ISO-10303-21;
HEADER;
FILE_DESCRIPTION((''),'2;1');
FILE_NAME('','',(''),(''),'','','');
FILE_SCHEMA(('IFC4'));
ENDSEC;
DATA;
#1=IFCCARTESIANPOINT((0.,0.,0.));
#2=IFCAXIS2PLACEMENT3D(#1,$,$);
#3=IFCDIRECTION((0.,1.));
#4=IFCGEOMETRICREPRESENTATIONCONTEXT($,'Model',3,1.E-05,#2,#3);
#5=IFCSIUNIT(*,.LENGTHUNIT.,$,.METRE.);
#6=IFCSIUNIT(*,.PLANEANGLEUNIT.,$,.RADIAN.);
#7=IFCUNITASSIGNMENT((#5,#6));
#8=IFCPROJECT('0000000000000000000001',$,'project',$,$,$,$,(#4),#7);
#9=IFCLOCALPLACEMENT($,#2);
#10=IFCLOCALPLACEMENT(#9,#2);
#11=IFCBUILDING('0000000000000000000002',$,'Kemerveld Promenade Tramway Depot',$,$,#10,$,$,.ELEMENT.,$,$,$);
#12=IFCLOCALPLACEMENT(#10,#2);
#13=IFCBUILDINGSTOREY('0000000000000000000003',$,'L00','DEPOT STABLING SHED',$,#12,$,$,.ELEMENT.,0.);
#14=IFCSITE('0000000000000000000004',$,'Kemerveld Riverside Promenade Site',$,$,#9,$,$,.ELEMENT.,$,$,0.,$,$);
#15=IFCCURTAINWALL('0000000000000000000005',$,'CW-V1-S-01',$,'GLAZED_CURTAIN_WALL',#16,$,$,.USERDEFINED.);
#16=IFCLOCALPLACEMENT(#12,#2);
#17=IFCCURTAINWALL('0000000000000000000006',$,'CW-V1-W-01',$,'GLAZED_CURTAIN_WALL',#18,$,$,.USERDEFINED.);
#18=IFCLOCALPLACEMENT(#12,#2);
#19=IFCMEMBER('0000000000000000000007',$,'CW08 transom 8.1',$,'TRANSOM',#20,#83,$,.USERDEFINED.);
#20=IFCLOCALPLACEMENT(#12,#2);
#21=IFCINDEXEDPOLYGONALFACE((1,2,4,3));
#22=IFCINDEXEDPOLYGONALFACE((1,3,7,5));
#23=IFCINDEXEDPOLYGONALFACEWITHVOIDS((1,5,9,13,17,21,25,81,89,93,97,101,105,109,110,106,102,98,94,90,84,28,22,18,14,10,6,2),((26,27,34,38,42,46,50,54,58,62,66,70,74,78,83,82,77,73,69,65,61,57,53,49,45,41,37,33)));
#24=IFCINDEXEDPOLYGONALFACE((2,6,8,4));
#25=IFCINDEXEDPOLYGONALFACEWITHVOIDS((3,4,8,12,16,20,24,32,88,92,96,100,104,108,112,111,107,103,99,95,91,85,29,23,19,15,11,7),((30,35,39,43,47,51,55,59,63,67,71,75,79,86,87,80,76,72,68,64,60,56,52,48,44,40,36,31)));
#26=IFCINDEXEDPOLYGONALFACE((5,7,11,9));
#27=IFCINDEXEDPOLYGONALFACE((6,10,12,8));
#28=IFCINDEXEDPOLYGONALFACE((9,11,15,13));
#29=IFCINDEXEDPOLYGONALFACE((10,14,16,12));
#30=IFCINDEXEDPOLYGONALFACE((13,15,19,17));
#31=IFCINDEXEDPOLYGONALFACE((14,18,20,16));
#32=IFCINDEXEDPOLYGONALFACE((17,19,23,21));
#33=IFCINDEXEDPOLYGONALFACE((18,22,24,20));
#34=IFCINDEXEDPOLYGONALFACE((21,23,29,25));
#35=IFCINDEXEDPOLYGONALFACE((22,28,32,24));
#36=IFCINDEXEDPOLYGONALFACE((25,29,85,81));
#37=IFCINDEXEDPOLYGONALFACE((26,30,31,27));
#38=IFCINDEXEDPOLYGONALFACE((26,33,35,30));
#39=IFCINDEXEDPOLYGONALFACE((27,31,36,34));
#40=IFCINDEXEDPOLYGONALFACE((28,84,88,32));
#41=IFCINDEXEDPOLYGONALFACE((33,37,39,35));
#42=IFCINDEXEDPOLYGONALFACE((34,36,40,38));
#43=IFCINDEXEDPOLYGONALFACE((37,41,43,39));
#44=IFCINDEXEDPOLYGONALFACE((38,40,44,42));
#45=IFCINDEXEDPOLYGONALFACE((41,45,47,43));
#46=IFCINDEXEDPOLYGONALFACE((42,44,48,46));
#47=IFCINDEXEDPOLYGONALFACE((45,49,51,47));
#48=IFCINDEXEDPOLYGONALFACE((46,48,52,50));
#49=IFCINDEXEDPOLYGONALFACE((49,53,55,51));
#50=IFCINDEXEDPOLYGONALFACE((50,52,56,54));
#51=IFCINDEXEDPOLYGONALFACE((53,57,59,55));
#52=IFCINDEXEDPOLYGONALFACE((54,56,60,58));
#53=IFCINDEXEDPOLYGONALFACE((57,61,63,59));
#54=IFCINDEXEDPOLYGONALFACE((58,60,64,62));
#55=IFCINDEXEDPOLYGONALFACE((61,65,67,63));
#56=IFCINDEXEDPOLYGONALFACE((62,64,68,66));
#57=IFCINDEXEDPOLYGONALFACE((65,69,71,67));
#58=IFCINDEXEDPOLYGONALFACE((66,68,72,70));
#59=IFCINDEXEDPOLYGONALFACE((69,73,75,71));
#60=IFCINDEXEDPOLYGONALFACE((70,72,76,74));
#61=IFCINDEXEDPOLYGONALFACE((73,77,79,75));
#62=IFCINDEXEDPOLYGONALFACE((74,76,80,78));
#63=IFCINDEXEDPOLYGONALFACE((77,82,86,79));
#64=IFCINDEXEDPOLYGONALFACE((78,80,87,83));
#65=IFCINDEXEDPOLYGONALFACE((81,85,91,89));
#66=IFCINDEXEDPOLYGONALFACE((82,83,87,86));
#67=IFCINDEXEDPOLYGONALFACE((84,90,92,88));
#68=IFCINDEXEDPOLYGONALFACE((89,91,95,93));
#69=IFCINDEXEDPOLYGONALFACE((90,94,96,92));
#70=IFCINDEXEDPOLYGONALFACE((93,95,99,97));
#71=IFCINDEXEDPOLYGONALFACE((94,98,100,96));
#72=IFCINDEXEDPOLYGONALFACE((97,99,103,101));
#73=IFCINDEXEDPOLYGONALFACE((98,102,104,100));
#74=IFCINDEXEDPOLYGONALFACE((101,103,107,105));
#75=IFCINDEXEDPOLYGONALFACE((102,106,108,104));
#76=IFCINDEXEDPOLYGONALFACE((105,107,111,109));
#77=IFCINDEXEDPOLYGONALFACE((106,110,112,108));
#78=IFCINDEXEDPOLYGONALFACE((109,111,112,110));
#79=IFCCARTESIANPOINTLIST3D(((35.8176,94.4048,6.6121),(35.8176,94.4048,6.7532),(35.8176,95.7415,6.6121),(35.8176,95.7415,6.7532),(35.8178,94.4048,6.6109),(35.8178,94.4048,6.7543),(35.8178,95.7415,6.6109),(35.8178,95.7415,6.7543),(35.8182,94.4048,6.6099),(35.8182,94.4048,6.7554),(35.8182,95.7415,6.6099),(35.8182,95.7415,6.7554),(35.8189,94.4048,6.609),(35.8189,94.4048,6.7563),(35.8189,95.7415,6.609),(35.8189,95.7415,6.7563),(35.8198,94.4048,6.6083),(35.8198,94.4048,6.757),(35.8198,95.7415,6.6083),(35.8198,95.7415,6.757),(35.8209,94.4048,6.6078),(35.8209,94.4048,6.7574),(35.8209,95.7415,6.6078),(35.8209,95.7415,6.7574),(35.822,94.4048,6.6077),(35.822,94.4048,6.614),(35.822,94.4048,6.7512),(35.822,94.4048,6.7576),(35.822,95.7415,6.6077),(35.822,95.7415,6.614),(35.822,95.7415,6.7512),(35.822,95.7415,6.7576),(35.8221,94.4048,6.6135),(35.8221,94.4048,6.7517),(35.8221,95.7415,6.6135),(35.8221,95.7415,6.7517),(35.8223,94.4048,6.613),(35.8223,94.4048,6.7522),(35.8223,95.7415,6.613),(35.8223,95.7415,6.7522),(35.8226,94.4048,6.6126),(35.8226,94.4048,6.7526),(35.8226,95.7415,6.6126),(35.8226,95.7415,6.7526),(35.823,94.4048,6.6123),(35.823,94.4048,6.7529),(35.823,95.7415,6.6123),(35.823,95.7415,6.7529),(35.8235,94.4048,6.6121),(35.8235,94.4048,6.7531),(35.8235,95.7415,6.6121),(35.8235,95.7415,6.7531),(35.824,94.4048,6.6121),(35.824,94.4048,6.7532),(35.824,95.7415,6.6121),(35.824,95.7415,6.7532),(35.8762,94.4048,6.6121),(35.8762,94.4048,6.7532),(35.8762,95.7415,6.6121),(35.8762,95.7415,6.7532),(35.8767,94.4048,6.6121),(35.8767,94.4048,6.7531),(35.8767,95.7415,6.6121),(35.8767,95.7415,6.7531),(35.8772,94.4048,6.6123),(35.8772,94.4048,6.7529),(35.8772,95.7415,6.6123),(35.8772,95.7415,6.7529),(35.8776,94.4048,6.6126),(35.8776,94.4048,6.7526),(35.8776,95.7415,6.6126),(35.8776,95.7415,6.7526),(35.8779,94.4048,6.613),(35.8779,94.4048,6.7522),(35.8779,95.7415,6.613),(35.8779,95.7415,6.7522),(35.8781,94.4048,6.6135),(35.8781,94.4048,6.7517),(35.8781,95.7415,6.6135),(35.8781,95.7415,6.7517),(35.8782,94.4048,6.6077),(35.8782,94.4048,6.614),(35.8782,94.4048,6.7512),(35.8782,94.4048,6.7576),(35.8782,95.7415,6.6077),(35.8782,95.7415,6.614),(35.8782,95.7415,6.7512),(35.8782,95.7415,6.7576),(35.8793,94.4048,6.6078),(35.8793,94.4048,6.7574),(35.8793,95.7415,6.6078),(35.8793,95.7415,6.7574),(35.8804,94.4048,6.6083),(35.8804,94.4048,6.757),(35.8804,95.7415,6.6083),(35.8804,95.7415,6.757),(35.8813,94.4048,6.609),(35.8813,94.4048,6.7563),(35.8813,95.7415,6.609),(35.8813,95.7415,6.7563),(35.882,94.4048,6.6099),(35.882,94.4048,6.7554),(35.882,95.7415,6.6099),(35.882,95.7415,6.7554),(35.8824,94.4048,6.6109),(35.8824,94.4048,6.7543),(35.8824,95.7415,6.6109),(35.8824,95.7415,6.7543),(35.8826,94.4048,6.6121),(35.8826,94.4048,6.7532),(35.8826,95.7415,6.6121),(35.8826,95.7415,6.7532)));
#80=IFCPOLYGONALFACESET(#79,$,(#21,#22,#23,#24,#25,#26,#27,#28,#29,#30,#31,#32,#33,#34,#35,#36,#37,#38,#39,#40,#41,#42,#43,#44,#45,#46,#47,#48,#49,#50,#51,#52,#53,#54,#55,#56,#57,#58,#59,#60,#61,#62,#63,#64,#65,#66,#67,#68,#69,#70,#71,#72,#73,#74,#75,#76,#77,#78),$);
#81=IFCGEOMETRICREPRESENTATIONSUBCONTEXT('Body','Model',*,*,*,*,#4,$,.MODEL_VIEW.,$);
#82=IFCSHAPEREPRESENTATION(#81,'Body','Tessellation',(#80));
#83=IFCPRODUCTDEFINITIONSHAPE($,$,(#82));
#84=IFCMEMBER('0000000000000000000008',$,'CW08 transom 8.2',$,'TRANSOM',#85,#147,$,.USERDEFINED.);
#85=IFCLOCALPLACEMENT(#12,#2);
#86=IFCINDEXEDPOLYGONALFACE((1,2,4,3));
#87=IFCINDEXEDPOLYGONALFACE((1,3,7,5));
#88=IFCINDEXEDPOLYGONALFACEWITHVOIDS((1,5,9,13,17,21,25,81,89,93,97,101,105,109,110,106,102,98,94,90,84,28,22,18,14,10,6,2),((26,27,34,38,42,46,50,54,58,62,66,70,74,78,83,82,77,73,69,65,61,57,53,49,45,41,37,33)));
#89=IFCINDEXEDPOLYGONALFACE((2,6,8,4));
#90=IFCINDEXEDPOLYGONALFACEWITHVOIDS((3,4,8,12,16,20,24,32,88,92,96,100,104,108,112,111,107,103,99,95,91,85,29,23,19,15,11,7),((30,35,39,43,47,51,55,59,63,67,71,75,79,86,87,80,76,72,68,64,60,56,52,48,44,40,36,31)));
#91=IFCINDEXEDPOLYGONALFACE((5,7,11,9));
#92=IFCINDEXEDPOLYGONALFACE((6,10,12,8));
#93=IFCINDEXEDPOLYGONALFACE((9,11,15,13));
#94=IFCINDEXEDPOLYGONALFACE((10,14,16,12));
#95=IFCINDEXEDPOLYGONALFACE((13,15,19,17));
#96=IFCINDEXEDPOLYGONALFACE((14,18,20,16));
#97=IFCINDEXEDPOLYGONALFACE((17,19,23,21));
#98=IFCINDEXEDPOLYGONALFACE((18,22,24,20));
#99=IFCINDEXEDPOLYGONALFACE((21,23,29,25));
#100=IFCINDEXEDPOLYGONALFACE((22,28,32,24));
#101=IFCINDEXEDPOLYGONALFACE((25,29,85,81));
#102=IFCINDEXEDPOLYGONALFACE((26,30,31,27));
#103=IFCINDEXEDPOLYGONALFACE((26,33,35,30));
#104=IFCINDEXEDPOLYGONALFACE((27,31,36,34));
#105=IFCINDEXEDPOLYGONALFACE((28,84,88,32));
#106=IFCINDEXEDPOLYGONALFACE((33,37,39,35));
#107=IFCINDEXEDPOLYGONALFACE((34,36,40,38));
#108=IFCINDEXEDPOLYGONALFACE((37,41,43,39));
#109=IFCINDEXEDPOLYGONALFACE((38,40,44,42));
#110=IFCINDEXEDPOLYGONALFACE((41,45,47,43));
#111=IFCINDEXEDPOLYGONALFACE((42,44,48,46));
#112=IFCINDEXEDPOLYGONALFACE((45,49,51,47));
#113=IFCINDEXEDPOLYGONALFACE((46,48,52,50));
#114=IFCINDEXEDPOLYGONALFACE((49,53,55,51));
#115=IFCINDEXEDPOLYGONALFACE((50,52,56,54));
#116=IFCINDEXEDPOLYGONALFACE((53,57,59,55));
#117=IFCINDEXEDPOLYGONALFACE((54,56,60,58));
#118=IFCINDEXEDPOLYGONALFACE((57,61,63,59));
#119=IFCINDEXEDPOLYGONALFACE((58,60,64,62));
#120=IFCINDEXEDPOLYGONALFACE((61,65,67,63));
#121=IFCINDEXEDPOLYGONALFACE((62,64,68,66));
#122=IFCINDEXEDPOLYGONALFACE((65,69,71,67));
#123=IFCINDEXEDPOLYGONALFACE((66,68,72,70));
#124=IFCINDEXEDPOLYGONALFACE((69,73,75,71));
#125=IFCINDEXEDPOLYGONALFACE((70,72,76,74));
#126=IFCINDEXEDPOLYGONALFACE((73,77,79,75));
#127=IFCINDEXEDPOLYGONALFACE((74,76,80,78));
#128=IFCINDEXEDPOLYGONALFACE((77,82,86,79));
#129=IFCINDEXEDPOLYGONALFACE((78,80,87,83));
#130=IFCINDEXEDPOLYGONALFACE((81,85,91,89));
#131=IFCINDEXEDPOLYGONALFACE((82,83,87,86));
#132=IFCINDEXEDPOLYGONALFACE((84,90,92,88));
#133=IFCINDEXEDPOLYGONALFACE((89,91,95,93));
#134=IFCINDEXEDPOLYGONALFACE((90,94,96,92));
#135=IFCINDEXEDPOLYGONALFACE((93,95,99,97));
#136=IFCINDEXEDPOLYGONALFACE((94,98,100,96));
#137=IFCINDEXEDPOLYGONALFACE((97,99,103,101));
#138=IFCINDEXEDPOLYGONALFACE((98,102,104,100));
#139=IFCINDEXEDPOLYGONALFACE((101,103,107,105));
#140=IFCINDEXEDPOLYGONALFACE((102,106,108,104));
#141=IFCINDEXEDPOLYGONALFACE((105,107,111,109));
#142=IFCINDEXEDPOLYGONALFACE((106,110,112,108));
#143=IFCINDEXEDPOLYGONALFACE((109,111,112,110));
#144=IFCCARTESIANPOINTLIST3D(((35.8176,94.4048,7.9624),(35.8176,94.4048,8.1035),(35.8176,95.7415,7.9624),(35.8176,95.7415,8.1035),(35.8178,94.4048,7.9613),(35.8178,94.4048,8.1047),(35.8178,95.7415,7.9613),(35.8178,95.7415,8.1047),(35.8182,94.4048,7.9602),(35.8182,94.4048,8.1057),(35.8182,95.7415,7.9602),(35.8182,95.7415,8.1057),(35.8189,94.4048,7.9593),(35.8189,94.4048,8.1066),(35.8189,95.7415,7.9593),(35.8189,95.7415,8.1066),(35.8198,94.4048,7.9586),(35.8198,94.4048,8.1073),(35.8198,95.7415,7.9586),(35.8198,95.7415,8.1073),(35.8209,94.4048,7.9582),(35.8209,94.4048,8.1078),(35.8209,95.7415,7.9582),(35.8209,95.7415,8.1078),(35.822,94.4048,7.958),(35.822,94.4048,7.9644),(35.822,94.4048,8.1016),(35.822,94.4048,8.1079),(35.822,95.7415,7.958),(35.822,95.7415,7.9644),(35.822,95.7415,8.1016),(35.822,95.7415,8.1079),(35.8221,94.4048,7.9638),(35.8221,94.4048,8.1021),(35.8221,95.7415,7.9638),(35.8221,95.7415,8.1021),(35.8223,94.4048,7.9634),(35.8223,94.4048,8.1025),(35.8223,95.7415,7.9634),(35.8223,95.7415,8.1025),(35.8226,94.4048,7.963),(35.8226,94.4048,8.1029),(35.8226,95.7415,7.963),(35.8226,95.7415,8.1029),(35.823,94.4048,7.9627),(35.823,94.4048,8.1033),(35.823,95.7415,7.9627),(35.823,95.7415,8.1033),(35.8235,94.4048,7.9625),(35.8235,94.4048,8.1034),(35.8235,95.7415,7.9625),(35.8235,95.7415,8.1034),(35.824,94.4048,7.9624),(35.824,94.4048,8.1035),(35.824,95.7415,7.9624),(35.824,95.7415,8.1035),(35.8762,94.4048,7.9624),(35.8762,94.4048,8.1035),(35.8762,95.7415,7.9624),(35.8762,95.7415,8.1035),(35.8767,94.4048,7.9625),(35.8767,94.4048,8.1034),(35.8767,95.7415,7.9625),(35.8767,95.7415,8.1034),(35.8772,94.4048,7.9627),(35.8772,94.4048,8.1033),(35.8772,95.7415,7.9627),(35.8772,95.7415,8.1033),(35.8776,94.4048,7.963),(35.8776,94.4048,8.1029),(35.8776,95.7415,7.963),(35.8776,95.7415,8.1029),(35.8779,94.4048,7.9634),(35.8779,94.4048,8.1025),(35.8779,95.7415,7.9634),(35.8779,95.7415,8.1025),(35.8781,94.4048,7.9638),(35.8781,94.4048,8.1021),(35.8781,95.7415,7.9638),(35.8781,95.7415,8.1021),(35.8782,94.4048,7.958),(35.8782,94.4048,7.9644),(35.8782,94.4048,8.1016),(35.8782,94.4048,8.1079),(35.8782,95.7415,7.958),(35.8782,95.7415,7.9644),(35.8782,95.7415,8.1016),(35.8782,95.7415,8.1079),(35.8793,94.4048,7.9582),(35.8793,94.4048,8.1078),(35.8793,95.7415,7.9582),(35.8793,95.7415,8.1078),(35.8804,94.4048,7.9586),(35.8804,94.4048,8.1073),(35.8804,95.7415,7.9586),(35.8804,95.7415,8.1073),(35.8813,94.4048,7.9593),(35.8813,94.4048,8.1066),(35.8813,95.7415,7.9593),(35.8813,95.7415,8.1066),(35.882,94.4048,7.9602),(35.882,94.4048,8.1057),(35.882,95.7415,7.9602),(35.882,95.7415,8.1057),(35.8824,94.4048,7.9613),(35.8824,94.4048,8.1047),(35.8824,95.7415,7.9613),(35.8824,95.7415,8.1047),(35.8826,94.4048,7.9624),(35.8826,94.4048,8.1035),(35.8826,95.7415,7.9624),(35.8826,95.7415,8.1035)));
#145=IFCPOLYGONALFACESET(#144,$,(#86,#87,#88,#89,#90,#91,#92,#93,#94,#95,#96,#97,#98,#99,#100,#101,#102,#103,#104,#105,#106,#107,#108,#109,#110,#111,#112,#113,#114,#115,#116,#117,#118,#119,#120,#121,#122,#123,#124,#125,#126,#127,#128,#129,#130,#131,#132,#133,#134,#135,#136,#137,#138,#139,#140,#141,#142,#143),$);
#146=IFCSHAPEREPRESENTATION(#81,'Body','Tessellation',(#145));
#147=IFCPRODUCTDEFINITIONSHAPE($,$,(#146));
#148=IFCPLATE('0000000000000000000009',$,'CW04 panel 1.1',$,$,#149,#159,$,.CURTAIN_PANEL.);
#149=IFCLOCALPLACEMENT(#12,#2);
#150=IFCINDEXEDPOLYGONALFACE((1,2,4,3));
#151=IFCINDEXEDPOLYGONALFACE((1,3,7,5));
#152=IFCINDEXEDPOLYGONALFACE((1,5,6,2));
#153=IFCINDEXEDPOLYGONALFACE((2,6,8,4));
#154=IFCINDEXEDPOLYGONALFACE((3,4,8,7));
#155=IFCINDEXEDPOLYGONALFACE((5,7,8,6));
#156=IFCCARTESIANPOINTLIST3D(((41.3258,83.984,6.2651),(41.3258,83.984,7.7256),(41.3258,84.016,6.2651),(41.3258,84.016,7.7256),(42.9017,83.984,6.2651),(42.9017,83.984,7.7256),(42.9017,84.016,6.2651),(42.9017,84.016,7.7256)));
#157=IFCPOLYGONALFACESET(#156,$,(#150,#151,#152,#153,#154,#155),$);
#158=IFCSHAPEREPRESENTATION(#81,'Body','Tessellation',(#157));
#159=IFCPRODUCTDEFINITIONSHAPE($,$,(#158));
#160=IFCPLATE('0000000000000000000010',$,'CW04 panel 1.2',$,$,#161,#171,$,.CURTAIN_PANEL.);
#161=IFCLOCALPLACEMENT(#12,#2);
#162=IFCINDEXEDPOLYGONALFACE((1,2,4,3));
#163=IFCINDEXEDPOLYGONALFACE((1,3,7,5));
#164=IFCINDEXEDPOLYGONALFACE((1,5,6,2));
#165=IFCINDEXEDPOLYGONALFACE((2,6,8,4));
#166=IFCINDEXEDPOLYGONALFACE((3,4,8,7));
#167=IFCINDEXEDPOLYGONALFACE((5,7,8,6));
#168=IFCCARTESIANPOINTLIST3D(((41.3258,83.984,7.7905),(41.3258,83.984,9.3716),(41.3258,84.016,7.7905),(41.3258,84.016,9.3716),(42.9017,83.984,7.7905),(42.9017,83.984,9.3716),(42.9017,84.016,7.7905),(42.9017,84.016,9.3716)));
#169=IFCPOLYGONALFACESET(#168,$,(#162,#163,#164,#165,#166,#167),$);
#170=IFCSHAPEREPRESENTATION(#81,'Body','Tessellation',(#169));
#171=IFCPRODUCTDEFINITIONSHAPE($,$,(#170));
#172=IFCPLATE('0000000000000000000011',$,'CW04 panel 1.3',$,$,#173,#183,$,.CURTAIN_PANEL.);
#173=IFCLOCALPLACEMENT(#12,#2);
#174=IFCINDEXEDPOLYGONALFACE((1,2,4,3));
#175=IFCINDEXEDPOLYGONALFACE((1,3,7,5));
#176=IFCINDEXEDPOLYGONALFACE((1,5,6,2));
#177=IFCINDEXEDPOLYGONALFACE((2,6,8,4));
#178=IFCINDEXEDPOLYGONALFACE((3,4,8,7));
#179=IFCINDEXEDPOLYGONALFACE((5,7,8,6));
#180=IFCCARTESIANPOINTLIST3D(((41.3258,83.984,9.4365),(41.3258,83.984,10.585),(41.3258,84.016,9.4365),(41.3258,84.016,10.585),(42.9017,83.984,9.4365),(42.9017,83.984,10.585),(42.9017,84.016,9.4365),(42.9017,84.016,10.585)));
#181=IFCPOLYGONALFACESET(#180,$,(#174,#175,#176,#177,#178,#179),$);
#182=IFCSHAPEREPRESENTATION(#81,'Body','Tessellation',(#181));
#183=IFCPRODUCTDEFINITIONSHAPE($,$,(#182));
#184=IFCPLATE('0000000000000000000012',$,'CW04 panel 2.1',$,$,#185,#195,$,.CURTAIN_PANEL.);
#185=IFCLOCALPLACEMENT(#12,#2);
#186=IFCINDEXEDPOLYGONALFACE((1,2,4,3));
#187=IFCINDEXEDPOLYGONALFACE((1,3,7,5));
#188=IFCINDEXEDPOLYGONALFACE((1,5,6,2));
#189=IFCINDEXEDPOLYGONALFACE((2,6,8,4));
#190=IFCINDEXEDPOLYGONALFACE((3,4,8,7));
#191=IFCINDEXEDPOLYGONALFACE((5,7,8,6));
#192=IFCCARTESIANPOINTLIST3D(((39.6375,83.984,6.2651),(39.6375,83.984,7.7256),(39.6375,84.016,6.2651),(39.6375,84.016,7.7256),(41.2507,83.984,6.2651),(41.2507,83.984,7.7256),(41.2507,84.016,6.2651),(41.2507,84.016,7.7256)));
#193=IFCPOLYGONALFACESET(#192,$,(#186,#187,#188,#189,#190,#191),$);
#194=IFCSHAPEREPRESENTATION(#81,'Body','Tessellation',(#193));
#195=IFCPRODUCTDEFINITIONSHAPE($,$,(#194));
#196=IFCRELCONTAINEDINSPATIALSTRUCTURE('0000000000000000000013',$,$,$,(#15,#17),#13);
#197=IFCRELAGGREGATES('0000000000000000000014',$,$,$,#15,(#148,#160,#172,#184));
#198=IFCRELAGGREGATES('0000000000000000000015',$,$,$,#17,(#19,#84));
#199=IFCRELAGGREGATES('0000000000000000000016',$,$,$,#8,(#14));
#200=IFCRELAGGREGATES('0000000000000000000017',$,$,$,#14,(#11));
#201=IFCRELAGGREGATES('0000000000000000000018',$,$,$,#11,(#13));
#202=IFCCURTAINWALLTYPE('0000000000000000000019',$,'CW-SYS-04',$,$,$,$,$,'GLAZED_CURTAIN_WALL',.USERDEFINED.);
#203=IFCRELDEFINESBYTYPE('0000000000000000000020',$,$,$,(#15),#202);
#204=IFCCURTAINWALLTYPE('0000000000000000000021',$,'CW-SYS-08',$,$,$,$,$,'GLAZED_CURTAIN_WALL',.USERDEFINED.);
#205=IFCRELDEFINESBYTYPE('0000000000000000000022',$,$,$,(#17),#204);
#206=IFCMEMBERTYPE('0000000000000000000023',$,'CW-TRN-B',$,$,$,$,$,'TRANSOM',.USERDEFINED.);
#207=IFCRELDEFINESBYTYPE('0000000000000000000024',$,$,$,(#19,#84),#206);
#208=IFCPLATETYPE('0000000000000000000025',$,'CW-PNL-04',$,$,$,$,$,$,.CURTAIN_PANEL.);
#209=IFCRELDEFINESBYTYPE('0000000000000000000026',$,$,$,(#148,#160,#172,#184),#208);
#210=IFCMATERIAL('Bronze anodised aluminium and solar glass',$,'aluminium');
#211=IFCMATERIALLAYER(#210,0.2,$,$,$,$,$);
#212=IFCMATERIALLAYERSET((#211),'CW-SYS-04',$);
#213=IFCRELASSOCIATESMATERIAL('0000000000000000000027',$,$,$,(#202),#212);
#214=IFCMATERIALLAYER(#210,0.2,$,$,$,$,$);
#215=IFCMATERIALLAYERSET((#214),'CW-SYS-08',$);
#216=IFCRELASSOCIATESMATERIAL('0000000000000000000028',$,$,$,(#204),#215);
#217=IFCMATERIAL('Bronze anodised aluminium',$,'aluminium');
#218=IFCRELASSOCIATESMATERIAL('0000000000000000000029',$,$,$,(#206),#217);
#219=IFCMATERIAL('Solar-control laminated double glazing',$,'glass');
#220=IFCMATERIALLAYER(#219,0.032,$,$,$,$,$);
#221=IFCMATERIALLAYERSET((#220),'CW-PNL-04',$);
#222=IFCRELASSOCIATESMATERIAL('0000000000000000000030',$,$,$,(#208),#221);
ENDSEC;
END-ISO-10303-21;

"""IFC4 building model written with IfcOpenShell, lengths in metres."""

from ifc_helpers import new_model, si_unit, direction, frame, origin, origin_2d, place, context, subcontext, project, spatial, rectangle, hollow_rectangle, extrude, material, layer, layer_set, material_profile, profile_set, type_object, element, aggregate, save


model = new_model("IFC4")

# Units and contexts
model_context = context("Model", 3, precision=1e-05, world=origin(), true_north=direction((0.0, 1.0)))
body_context = subcontext(model_context, "Body", "Model", "MODEL_VIEW")
ifc_project = project(units=[si_unit("LENGTHUNIT", "METRE"), si_unit("PLANEANGLEUNIT", "RADIAN")], contexts=[model_context])

# Site, building, storey
site_placement = place(None, origin())
site = spatial("IfcSite", under=ifc_project, at=site_placement, Name="Kemerveld Riverside Promenade Site", CompositionType="ELEMENT", RefElevation=0.0)
building_placement = place(site_placement, origin())
building = spatial("IfcBuilding", under=site, at=building_placement, Name="Kemerveld Promenade Tramway Depot", CompositionType="ELEMENT")
storey_placement = place(building_placement, origin())
storey = spatial("IfcBuildingStorey", under=building, at=storey_placement, Name="L00", Description="DEPOT STABLING SHED", CompositionType="ELEMENT", Elevation=0.0)

# Curtain walls
ifc_material_1 = material(Name="Bronze anodised aluminium and solar glass", Category="aluminium")
ifc_layer_1 = layer(ifc_material_1, 0.2)
ifc_layer_set_1 = layer_set([ifc_layer_1], Name="CW-SYS-04")
curtain_wall_type_1 = type_object("IfcCurtainWallType", Name="CW-SYS-04", ElementType="GLAZED_CURTAIN_WALL", PredefinedType="USERDEFINED", material=ifc_layer_set_1)
curtain_wall_1_placement = place(storey_placement, origin())
curtain_wall_1 = element("IfcCurtainWall", 1, at=curtain_wall_1_placement, inside=storey, type_object=curtain_wall_type_1, Name="CW-V1-S-01", ObjectType="GLAZED_CURTAIN_WALL", PredefinedType="USERDEFINED")
ifc_material_2 = material(Name="Bronze anodised aluminium", Category="aluminium")
ifc_layer_2 = layer(ifc_material_1, 0.2)
ifc_layer_set_2 = layer_set([ifc_layer_2], Name="CW-SYS-08")
curtain_wall_type_2 = type_object("IfcCurtainWallType", Name="CW-SYS-08", ElementType="GLAZED_CURTAIN_WALL", PredefinedType="USERDEFINED", material=ifc_layer_set_2)
curtain_wall_2_placement = place(storey_placement, origin())
curtain_wall_2 = element("IfcCurtainWall", 2, at=curtain_wall_2_placement, inside=storey, type_object=curtain_wall_type_2, Name="CW-V1-W-01", ObjectType="GLAZED_CURTAIN_WALL", PredefinedType="USERDEFINED")

# Members
ifc_material_profile_1 = material_profile(ifc_material_2, hollow_rectangle(XDim=0.0649, YDim=0.1499, WallThickness=0.0044, InnerFilletRadius=0.002, OuterFilletRadius=0.0044, at=origin_2d()), Name="CW-TRN-150x65")
ifc_profile_set_1 = profile_set([ifc_material_profile_1], Name="Bronze anodised aluminium")
member_type_1 = type_object("IfcMemberType", Name="CW-TRN-B", ElementType="TRANSOM", PredefinedType="USERDEFINED", material=ifc_profile_set_1)
member_1_placement = place(storey_placement, frame((35.8501, 94.4048, 6.6826), z_axis=(0.0, 1.0, 0.0), x_axis=(-1.0, 0.0, 0.0)))
member_1 = element("IfcMember", 3, at=member_1_placement, type_object=member_type_1, Name="CW08 transom 8.1", ObjectType="TRANSOM", PredefinedType="USERDEFINED", context=body_context, shape_type="SweptSolid", body=[
    extrude(hollow_rectangle(XDim=0.0649, YDim=0.1499, WallThickness=0.0044, InnerFilletRadius=0.002, OuterFilletRadius=0.0044, at=origin_2d()), origin(), (0.0, 0.0, 1.0), 1.3367),
])
member_2_placement = place(storey_placement, frame((35.8501, 94.4048, 8.033), z_axis=(0.0, 1.0, 0.0), x_axis=(-1.0, 0.0, 0.0)))
member_2 = element("IfcMember", 4, at=member_2_placement, type_object=member_type_1, Name="CW08 transom 8.2", ObjectType="TRANSOM", PredefinedType="USERDEFINED", context=body_context, shape_type="SweptSolid", body=[
    extrude(hollow_rectangle(XDim=0.0649, YDim=0.1499, WallThickness=0.0044, InnerFilletRadius=0.002, OuterFilletRadius=0.0044, at=origin_2d()), origin(), (0.0, 0.0, 1.0), 1.3367),
])

# Plates
ifc_material_3 = material(Name="Solar-control laminated double glazing", Category="glass")
ifc_layer_3 = layer(ifc_material_3, 0.032)
ifc_layer_set_3 = layer_set([ifc_layer_3], Name="CW-PNL-04")
plate_type_1 = type_object("IfcPlateType", Name="CW-PNL-04", PredefinedType="CURTAIN_PANEL", material=ifc_layer_set_3)
plate_1_placement = place(storey_placement, frame((42.1138, 84.0, 6.2651), z_axis=(0.0, 0.0, 1.0), x_axis=(-1.0, 0.0, 0.0)))
plate_1 = element("IfcPlate", 5, at=plate_1_placement, type_object=plate_type_1, Name="CW04 panel 1.1", PredefinedType="CURTAIN_PANEL", context=body_context, shape_type="SweptSolid", body=[
    extrude(rectangle(XDim=1.5759, YDim=0.032, at=origin_2d()), origin(), (0.0, 0.0, 1.0), 1.4604),
])
plate_2_placement = place(storey_placement, frame((42.1138, 84.0, 7.7905), z_axis=(0.0, 0.0, 1.0), x_axis=(-1.0, 0.0, 0.0)))
plate_2 = element("IfcPlate", 6, at=plate_2_placement, type_object=plate_type_1, Name="CW04 panel 1.2", PredefinedType="CURTAIN_PANEL", context=body_context, shape_type="SweptSolid", body=[
    extrude(rectangle(XDim=1.5759, YDim=0.032, at=origin_2d()), origin(), (0.0, 0.0, 1.0), 1.5811),
])
plate_3_placement = place(storey_placement, frame((42.1138, 84.0, 9.4365), z_axis=(0.0, 0.0, 1.0), x_axis=(-1.0, 0.0, 0.0)))
plate_3 = element("IfcPlate", 7, at=plate_3_placement, type_object=plate_type_1, Name="CW04 panel 1.3", PredefinedType="CURTAIN_PANEL", context=body_context, shape_type="SweptSolid", body=[
    extrude(rectangle(XDim=1.5759, YDim=0.032, at=origin_2d()), origin(), (0.0, 0.0, 1.0), 1.1484),
])
plate_4_placement = place(storey_placement, frame((40.4441, 84.0, 6.2651), z_axis=(0.0, 0.0, 1.0), x_axis=(-1.0, 0.0, 0.0)))
plate_4 = element("IfcPlate", 8, at=plate_4_placement, type_object=plate_type_1, Name="CW04 panel 2.1", PredefinedType="CURTAIN_PANEL", context=body_context, shape_type="SweptSolid", body=[
    extrude(rectangle(XDim=1.6133, YDim=0.032, at=origin_2d()), origin(), (0.0, 0.0, 1.0), 1.4604),
])
aggregate(curtain_wall_1, [plate_1, plate_2, plate_3, plate_4])
aggregate(curtain_wall_2, [member_1, member_2])

save(model, "model.ifc")
